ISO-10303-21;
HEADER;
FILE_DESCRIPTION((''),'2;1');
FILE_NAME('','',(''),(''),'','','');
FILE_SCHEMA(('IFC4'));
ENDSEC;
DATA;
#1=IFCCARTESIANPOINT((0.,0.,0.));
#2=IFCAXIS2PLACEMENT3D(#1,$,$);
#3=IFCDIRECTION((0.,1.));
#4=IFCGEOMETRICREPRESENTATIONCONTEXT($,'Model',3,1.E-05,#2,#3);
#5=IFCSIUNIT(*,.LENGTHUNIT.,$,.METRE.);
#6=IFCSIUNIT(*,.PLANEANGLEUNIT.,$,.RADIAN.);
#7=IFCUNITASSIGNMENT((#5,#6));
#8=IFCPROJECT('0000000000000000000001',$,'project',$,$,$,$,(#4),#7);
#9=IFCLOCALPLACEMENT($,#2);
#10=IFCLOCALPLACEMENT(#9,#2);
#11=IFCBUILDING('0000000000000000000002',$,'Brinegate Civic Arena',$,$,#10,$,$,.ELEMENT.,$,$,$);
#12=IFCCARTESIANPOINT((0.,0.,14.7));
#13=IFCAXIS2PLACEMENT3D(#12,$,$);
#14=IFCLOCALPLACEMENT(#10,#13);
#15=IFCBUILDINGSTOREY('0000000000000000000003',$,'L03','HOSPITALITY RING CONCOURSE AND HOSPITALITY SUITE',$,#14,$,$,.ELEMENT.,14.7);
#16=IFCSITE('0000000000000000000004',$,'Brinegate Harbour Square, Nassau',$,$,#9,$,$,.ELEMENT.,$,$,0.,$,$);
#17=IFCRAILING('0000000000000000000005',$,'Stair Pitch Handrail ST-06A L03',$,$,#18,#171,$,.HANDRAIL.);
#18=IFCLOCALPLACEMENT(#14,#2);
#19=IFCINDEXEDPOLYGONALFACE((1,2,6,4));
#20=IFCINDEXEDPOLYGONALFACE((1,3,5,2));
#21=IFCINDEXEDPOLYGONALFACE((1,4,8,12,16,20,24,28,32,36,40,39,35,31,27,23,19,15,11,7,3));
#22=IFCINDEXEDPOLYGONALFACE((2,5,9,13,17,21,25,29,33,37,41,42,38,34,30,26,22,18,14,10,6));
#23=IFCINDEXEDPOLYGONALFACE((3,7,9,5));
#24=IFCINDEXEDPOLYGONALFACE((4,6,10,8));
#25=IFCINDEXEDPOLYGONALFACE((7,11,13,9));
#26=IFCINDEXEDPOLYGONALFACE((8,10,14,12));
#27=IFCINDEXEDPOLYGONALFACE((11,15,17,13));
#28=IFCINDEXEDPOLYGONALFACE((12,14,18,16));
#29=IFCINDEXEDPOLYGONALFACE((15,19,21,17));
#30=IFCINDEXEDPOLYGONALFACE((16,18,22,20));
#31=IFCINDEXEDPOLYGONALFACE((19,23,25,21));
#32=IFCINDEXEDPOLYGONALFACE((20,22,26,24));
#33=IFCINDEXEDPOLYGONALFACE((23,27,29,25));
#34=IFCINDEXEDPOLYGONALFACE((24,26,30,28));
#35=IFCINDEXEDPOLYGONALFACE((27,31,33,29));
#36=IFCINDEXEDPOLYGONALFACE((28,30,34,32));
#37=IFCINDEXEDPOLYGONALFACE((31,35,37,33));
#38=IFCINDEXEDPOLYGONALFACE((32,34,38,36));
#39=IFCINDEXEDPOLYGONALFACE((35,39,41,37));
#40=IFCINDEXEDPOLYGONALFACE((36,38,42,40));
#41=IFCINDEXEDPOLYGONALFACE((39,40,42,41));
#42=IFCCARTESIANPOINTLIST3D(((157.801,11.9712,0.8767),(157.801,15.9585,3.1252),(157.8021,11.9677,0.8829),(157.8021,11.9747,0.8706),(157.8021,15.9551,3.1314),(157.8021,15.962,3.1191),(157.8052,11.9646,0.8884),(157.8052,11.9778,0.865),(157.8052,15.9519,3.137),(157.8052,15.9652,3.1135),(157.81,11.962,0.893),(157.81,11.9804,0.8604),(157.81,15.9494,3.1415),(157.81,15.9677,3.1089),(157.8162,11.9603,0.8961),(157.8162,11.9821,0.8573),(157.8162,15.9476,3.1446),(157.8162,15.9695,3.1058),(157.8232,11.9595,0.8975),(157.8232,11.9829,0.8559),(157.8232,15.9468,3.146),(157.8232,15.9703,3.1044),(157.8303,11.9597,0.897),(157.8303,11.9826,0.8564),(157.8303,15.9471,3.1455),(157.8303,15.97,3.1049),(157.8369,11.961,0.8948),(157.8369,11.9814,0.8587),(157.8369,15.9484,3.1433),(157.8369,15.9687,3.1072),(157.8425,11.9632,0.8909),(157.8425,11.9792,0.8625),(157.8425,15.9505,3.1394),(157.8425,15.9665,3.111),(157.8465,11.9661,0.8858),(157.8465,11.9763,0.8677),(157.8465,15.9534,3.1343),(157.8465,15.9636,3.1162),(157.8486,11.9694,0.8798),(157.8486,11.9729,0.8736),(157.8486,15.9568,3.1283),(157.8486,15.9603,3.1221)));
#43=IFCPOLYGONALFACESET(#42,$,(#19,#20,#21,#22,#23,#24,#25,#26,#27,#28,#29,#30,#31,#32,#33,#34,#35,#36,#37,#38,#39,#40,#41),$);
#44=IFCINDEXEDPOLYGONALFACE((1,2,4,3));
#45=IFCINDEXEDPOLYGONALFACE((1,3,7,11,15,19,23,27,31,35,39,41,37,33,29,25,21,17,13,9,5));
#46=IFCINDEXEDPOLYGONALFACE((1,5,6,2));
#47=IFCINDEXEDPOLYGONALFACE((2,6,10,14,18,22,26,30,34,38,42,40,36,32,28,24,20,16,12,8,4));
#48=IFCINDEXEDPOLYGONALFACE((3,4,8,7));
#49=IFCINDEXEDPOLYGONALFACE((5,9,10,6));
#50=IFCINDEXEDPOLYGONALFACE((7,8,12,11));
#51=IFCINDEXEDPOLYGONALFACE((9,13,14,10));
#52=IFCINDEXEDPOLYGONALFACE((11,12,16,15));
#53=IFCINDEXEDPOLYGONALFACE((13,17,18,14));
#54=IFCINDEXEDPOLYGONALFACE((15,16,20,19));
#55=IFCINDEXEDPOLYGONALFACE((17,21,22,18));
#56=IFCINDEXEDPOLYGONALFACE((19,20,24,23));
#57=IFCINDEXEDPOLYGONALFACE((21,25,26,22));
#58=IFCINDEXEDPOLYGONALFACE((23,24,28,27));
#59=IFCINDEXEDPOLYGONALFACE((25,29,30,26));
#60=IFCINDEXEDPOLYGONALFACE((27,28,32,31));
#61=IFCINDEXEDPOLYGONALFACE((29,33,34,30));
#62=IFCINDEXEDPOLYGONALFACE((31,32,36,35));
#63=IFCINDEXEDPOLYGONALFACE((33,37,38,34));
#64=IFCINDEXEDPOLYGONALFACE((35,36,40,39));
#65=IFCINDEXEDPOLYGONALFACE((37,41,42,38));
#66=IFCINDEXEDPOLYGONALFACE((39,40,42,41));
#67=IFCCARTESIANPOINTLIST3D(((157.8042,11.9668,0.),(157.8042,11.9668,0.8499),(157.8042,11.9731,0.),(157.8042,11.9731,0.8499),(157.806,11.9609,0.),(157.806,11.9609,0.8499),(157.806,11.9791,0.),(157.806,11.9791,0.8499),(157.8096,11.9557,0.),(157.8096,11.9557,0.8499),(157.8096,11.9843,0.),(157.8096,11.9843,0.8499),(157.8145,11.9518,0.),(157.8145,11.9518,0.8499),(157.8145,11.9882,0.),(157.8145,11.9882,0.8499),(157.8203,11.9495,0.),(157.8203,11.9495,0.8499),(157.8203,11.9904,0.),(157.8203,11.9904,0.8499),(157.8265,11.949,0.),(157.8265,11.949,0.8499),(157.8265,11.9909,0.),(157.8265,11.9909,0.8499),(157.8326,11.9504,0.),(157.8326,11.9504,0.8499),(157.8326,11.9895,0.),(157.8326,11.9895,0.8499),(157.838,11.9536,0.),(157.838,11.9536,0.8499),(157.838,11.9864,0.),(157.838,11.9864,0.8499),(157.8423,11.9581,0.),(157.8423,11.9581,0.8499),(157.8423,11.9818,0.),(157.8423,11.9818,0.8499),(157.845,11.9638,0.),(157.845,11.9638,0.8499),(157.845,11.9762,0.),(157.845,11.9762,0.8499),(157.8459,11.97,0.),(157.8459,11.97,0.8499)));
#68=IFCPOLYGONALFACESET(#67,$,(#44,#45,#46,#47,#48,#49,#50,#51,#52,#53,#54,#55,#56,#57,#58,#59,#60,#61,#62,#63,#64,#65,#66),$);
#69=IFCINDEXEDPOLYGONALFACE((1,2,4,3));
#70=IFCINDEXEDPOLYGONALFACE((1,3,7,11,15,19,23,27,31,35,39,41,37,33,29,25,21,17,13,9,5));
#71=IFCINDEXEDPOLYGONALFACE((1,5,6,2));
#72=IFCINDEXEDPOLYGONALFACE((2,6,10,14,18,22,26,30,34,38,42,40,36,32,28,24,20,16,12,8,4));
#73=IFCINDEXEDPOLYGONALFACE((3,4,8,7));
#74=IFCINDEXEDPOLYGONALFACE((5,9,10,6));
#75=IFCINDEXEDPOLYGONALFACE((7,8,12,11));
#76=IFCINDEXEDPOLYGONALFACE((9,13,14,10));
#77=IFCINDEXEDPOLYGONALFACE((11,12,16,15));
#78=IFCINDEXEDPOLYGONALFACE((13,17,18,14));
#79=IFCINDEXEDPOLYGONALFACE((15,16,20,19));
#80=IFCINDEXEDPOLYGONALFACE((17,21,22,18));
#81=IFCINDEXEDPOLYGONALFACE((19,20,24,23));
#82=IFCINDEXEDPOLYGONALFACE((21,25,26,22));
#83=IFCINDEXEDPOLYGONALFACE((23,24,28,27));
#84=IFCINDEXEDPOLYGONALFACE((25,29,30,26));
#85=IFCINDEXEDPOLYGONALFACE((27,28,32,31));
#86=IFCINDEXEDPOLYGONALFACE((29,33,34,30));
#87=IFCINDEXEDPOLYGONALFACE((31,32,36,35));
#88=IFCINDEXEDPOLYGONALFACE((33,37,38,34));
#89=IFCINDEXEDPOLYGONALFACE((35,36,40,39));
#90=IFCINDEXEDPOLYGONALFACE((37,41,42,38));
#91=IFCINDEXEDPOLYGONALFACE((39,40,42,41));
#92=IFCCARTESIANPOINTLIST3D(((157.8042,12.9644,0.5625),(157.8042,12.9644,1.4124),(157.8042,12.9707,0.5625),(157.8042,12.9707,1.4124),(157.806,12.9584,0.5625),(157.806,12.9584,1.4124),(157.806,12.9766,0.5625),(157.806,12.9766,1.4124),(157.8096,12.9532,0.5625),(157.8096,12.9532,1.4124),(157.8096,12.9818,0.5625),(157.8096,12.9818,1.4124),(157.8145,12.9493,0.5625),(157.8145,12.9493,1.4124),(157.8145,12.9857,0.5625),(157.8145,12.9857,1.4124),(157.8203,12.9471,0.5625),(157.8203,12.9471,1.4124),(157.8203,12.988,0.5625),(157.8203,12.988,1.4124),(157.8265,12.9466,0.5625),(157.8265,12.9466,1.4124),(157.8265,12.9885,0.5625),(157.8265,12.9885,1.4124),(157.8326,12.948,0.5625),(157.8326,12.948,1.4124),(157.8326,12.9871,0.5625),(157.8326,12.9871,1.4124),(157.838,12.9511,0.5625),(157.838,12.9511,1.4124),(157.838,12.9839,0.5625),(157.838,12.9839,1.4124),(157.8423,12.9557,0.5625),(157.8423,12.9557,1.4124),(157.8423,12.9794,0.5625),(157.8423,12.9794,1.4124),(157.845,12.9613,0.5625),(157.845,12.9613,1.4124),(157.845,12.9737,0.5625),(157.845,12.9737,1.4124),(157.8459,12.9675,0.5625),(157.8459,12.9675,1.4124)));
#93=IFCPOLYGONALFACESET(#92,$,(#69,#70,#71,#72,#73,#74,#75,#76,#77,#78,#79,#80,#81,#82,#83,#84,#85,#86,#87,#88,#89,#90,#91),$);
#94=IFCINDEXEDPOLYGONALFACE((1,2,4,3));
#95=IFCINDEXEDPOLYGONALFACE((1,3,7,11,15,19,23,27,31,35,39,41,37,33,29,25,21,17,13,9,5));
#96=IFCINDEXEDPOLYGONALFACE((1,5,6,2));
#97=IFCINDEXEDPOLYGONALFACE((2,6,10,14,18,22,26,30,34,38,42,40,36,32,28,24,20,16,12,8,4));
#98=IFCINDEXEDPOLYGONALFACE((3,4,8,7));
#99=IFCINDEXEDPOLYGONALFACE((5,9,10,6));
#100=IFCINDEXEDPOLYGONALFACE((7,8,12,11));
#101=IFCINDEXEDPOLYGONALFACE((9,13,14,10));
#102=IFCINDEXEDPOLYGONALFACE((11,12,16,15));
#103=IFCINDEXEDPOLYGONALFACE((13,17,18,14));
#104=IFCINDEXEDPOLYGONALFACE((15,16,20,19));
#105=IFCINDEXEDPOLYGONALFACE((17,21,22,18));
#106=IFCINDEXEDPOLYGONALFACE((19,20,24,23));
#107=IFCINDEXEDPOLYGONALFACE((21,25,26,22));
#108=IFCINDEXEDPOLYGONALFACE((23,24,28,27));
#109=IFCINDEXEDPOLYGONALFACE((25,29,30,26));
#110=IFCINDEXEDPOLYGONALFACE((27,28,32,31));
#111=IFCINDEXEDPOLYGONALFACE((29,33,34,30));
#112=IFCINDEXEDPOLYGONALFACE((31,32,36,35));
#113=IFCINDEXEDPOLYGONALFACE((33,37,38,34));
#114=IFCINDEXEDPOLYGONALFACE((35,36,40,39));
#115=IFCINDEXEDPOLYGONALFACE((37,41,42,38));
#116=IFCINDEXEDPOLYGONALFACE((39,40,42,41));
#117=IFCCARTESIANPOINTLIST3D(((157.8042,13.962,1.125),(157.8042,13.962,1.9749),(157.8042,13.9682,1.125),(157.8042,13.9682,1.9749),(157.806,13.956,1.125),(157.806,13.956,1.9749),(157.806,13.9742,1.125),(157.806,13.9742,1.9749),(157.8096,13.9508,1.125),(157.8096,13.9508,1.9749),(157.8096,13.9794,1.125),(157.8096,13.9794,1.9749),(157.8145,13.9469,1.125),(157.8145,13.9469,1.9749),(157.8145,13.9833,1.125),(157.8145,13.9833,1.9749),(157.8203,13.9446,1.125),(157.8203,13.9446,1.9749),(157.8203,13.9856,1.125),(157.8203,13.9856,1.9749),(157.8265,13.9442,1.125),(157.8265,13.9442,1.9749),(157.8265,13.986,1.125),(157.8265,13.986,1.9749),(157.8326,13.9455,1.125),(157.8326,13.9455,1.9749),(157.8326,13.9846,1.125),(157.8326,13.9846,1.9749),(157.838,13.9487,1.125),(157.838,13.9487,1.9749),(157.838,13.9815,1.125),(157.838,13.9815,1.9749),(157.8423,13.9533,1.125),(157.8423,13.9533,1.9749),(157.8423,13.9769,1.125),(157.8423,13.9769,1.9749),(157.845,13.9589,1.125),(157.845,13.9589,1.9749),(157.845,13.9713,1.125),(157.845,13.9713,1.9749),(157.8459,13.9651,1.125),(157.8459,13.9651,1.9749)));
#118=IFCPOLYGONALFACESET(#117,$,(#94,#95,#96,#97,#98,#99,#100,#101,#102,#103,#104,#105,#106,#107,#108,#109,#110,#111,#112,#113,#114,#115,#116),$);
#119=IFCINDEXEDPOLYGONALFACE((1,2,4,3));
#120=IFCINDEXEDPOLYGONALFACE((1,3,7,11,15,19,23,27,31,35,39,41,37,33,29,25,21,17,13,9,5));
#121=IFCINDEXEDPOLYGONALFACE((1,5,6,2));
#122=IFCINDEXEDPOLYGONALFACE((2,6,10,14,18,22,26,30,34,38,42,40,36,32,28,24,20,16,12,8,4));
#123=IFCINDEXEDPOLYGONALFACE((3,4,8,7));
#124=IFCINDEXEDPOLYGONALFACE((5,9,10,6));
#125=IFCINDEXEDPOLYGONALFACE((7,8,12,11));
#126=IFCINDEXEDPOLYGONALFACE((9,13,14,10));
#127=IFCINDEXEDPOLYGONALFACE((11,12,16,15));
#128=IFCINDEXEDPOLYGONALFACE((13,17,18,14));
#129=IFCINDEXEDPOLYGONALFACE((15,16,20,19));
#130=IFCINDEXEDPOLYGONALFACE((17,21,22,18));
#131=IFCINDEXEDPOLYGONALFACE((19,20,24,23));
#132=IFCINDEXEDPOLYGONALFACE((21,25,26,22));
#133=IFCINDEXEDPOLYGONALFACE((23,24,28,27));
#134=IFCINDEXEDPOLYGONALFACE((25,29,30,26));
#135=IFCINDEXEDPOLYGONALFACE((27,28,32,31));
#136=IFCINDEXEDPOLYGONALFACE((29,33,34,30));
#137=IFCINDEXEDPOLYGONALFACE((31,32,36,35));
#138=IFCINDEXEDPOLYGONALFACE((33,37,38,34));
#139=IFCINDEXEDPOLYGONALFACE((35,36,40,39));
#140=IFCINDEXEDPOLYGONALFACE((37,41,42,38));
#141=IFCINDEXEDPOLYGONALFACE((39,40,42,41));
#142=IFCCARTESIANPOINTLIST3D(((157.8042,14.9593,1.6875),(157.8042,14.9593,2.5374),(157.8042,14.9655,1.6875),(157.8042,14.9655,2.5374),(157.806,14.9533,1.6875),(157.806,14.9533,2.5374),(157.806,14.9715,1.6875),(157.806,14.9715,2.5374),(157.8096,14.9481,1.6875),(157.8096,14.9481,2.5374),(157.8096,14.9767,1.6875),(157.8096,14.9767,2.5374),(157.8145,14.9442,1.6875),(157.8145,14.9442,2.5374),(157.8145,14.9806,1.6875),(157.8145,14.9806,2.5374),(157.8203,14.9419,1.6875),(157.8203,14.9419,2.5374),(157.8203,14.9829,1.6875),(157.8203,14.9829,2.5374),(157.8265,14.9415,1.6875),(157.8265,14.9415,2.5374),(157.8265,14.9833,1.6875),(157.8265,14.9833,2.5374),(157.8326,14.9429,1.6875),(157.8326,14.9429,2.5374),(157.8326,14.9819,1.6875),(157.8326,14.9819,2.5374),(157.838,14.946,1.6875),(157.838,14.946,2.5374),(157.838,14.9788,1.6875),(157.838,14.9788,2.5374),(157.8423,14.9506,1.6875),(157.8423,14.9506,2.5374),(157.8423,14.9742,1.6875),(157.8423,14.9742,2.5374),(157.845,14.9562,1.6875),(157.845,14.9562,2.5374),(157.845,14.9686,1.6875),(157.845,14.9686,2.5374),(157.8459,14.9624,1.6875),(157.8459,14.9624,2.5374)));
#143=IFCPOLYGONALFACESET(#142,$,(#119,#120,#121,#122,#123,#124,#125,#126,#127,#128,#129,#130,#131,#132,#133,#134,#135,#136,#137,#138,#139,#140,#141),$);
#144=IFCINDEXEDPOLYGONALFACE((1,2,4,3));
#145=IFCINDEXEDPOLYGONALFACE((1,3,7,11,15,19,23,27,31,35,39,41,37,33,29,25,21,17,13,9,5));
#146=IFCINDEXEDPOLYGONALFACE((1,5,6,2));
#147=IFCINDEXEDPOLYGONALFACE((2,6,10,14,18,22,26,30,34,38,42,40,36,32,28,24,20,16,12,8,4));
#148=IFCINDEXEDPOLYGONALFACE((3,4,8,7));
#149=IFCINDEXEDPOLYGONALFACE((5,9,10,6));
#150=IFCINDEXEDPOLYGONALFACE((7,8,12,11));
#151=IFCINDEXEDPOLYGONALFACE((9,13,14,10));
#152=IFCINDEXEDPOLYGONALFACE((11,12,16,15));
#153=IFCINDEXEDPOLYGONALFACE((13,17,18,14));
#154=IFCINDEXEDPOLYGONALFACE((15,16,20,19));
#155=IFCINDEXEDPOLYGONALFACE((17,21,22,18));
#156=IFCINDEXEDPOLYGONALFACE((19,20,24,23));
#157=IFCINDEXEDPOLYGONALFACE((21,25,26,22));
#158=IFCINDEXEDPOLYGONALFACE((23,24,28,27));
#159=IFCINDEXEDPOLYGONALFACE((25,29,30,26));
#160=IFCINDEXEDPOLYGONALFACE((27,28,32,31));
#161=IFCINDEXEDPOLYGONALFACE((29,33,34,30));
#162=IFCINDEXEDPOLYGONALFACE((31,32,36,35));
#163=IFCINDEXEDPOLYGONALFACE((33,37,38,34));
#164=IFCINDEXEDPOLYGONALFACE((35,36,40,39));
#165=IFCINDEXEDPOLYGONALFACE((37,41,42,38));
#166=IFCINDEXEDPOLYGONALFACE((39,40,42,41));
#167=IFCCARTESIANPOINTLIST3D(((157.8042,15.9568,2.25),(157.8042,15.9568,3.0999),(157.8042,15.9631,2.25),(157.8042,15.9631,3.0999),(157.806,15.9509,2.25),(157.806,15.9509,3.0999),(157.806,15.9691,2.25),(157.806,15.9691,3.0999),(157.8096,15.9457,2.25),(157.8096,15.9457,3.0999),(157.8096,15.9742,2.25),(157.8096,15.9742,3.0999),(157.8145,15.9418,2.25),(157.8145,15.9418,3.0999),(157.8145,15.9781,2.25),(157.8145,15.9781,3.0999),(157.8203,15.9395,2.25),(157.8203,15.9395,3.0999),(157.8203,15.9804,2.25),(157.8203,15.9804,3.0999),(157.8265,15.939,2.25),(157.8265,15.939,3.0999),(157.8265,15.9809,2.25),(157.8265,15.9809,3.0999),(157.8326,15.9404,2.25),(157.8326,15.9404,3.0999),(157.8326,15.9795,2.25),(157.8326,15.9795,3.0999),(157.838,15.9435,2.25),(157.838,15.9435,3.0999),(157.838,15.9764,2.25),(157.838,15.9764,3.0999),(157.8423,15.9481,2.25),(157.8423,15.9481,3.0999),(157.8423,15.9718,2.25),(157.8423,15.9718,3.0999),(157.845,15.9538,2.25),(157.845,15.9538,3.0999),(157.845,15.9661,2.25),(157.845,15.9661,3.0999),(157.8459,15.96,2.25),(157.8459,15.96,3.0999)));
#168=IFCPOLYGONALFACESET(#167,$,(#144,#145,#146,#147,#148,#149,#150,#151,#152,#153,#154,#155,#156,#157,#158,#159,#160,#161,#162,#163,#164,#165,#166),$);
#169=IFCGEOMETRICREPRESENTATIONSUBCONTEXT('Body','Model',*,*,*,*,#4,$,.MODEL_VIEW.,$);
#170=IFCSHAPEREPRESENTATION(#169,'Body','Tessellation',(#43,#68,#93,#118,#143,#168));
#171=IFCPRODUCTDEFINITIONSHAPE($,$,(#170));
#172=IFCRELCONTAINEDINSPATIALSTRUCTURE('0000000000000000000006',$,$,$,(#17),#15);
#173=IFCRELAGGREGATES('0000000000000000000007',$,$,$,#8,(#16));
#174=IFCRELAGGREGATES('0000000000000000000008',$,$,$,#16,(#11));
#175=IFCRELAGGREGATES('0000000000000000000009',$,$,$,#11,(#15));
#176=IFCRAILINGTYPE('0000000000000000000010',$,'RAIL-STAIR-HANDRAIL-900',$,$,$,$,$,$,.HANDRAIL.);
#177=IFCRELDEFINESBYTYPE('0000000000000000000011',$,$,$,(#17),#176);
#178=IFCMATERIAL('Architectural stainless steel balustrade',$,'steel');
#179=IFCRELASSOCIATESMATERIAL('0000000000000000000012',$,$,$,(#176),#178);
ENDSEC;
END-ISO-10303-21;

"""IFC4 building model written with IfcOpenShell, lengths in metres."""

from ifc_helpers import new_model, si_unit, direction, frame, origin, origin_2d, place, context, subcontext, project, spatial, circle, extrude, material, type_object, element, save


model = new_model("IFC4")

# Units and contexts
model_context = context("Model", 3, precision=1e-05, world=origin(), true_north=direction((0.0, 1.0)))
body_context = subcontext(model_context, "Body", "Model", "MODEL_VIEW")
ifc_project = project(units=[si_unit("LENGTHUNIT", "METRE"), si_unit("PLANEANGLEUNIT", "RADIAN")], contexts=[model_context])

# Site, building, storey
site_placement = place(None, origin())
site = spatial("IfcSite", under=ifc_project, at=site_placement, Name="Brinegate Harbour Square, Nassau", CompositionType="ELEMENT", RefElevation=0.0)
building_placement = place(site_placement, origin())
building = spatial("IfcBuilding", under=site, at=building_placement, Name="Brinegate Civic Arena", CompositionType="ELEMENT")
storey_placement = place(building_placement, frame((0.0, 0.0, 14.7)))
storey = spatial("IfcBuildingStorey", under=building, at=storey_placement, Name="L03", Description="HOSPITALITY RING CONCOURSE AND HOSPITALITY SUITE", CompositionType="ELEMENT", Elevation=14.7)

# Railing
ifc_material_1 = material(Name="Architectural stainless steel balustrade", Category="steel")
railing_type_1 = type_object("IfcRailingType", Name="RAIL-STAIR-HANDRAIL-900", PredefinedType="HANDRAIL", material=ifc_material_1)
for number, where, name in (
    (1, (157.825, 11.97, 0.0), "Stair Pitch Handrail ST-06A L03"),
):
    element("IfcRailing", number, at=place(storey_placement, frame(where)), inside=storey, type_object=railing_type_1, Name=name, PredefinedType="HANDRAIL", context=body_context, shape_type="SweptSolid", body=[
        extrude(circle(Radius=0.0239, at=origin_2d()), frame((0.0, 0.0012, 0.8767), z_axis=(0.0, 0.87105, 0.491195), x_axis=(-1.0, 0.0, 0.0)), (0.0, 0.0, 1.0), 4.5776),
        extrude(circle(Radius=0.021, at=origin_2d()), origin(), (0.0, 0.0, 1.0), 0.8499),
        extrude(circle(Radius=0.021, at=origin_2d()), frame((0.0, 0.9976, 0.5625)), (0.0, 0.0, 1.0), 0.8499),
        extrude(circle(Radius=0.021, at=origin_2d()), frame((0.0, 1.9951, 1.125)), (0.0, 0.0, 1.0), 0.8499),
        extrude(circle(Radius=0.021, at=origin_2d()), frame((0.0, 2.9924, 1.6875)), (0.0, 0.0, 1.0), 0.8499),
        extrude(circle(Radius=0.021, at=origin_2d()), frame((0.0, 3.99, 2.25)), (0.0, 0.0, 1.0), 0.8499),
    ])

save(model, "model.ifc")
